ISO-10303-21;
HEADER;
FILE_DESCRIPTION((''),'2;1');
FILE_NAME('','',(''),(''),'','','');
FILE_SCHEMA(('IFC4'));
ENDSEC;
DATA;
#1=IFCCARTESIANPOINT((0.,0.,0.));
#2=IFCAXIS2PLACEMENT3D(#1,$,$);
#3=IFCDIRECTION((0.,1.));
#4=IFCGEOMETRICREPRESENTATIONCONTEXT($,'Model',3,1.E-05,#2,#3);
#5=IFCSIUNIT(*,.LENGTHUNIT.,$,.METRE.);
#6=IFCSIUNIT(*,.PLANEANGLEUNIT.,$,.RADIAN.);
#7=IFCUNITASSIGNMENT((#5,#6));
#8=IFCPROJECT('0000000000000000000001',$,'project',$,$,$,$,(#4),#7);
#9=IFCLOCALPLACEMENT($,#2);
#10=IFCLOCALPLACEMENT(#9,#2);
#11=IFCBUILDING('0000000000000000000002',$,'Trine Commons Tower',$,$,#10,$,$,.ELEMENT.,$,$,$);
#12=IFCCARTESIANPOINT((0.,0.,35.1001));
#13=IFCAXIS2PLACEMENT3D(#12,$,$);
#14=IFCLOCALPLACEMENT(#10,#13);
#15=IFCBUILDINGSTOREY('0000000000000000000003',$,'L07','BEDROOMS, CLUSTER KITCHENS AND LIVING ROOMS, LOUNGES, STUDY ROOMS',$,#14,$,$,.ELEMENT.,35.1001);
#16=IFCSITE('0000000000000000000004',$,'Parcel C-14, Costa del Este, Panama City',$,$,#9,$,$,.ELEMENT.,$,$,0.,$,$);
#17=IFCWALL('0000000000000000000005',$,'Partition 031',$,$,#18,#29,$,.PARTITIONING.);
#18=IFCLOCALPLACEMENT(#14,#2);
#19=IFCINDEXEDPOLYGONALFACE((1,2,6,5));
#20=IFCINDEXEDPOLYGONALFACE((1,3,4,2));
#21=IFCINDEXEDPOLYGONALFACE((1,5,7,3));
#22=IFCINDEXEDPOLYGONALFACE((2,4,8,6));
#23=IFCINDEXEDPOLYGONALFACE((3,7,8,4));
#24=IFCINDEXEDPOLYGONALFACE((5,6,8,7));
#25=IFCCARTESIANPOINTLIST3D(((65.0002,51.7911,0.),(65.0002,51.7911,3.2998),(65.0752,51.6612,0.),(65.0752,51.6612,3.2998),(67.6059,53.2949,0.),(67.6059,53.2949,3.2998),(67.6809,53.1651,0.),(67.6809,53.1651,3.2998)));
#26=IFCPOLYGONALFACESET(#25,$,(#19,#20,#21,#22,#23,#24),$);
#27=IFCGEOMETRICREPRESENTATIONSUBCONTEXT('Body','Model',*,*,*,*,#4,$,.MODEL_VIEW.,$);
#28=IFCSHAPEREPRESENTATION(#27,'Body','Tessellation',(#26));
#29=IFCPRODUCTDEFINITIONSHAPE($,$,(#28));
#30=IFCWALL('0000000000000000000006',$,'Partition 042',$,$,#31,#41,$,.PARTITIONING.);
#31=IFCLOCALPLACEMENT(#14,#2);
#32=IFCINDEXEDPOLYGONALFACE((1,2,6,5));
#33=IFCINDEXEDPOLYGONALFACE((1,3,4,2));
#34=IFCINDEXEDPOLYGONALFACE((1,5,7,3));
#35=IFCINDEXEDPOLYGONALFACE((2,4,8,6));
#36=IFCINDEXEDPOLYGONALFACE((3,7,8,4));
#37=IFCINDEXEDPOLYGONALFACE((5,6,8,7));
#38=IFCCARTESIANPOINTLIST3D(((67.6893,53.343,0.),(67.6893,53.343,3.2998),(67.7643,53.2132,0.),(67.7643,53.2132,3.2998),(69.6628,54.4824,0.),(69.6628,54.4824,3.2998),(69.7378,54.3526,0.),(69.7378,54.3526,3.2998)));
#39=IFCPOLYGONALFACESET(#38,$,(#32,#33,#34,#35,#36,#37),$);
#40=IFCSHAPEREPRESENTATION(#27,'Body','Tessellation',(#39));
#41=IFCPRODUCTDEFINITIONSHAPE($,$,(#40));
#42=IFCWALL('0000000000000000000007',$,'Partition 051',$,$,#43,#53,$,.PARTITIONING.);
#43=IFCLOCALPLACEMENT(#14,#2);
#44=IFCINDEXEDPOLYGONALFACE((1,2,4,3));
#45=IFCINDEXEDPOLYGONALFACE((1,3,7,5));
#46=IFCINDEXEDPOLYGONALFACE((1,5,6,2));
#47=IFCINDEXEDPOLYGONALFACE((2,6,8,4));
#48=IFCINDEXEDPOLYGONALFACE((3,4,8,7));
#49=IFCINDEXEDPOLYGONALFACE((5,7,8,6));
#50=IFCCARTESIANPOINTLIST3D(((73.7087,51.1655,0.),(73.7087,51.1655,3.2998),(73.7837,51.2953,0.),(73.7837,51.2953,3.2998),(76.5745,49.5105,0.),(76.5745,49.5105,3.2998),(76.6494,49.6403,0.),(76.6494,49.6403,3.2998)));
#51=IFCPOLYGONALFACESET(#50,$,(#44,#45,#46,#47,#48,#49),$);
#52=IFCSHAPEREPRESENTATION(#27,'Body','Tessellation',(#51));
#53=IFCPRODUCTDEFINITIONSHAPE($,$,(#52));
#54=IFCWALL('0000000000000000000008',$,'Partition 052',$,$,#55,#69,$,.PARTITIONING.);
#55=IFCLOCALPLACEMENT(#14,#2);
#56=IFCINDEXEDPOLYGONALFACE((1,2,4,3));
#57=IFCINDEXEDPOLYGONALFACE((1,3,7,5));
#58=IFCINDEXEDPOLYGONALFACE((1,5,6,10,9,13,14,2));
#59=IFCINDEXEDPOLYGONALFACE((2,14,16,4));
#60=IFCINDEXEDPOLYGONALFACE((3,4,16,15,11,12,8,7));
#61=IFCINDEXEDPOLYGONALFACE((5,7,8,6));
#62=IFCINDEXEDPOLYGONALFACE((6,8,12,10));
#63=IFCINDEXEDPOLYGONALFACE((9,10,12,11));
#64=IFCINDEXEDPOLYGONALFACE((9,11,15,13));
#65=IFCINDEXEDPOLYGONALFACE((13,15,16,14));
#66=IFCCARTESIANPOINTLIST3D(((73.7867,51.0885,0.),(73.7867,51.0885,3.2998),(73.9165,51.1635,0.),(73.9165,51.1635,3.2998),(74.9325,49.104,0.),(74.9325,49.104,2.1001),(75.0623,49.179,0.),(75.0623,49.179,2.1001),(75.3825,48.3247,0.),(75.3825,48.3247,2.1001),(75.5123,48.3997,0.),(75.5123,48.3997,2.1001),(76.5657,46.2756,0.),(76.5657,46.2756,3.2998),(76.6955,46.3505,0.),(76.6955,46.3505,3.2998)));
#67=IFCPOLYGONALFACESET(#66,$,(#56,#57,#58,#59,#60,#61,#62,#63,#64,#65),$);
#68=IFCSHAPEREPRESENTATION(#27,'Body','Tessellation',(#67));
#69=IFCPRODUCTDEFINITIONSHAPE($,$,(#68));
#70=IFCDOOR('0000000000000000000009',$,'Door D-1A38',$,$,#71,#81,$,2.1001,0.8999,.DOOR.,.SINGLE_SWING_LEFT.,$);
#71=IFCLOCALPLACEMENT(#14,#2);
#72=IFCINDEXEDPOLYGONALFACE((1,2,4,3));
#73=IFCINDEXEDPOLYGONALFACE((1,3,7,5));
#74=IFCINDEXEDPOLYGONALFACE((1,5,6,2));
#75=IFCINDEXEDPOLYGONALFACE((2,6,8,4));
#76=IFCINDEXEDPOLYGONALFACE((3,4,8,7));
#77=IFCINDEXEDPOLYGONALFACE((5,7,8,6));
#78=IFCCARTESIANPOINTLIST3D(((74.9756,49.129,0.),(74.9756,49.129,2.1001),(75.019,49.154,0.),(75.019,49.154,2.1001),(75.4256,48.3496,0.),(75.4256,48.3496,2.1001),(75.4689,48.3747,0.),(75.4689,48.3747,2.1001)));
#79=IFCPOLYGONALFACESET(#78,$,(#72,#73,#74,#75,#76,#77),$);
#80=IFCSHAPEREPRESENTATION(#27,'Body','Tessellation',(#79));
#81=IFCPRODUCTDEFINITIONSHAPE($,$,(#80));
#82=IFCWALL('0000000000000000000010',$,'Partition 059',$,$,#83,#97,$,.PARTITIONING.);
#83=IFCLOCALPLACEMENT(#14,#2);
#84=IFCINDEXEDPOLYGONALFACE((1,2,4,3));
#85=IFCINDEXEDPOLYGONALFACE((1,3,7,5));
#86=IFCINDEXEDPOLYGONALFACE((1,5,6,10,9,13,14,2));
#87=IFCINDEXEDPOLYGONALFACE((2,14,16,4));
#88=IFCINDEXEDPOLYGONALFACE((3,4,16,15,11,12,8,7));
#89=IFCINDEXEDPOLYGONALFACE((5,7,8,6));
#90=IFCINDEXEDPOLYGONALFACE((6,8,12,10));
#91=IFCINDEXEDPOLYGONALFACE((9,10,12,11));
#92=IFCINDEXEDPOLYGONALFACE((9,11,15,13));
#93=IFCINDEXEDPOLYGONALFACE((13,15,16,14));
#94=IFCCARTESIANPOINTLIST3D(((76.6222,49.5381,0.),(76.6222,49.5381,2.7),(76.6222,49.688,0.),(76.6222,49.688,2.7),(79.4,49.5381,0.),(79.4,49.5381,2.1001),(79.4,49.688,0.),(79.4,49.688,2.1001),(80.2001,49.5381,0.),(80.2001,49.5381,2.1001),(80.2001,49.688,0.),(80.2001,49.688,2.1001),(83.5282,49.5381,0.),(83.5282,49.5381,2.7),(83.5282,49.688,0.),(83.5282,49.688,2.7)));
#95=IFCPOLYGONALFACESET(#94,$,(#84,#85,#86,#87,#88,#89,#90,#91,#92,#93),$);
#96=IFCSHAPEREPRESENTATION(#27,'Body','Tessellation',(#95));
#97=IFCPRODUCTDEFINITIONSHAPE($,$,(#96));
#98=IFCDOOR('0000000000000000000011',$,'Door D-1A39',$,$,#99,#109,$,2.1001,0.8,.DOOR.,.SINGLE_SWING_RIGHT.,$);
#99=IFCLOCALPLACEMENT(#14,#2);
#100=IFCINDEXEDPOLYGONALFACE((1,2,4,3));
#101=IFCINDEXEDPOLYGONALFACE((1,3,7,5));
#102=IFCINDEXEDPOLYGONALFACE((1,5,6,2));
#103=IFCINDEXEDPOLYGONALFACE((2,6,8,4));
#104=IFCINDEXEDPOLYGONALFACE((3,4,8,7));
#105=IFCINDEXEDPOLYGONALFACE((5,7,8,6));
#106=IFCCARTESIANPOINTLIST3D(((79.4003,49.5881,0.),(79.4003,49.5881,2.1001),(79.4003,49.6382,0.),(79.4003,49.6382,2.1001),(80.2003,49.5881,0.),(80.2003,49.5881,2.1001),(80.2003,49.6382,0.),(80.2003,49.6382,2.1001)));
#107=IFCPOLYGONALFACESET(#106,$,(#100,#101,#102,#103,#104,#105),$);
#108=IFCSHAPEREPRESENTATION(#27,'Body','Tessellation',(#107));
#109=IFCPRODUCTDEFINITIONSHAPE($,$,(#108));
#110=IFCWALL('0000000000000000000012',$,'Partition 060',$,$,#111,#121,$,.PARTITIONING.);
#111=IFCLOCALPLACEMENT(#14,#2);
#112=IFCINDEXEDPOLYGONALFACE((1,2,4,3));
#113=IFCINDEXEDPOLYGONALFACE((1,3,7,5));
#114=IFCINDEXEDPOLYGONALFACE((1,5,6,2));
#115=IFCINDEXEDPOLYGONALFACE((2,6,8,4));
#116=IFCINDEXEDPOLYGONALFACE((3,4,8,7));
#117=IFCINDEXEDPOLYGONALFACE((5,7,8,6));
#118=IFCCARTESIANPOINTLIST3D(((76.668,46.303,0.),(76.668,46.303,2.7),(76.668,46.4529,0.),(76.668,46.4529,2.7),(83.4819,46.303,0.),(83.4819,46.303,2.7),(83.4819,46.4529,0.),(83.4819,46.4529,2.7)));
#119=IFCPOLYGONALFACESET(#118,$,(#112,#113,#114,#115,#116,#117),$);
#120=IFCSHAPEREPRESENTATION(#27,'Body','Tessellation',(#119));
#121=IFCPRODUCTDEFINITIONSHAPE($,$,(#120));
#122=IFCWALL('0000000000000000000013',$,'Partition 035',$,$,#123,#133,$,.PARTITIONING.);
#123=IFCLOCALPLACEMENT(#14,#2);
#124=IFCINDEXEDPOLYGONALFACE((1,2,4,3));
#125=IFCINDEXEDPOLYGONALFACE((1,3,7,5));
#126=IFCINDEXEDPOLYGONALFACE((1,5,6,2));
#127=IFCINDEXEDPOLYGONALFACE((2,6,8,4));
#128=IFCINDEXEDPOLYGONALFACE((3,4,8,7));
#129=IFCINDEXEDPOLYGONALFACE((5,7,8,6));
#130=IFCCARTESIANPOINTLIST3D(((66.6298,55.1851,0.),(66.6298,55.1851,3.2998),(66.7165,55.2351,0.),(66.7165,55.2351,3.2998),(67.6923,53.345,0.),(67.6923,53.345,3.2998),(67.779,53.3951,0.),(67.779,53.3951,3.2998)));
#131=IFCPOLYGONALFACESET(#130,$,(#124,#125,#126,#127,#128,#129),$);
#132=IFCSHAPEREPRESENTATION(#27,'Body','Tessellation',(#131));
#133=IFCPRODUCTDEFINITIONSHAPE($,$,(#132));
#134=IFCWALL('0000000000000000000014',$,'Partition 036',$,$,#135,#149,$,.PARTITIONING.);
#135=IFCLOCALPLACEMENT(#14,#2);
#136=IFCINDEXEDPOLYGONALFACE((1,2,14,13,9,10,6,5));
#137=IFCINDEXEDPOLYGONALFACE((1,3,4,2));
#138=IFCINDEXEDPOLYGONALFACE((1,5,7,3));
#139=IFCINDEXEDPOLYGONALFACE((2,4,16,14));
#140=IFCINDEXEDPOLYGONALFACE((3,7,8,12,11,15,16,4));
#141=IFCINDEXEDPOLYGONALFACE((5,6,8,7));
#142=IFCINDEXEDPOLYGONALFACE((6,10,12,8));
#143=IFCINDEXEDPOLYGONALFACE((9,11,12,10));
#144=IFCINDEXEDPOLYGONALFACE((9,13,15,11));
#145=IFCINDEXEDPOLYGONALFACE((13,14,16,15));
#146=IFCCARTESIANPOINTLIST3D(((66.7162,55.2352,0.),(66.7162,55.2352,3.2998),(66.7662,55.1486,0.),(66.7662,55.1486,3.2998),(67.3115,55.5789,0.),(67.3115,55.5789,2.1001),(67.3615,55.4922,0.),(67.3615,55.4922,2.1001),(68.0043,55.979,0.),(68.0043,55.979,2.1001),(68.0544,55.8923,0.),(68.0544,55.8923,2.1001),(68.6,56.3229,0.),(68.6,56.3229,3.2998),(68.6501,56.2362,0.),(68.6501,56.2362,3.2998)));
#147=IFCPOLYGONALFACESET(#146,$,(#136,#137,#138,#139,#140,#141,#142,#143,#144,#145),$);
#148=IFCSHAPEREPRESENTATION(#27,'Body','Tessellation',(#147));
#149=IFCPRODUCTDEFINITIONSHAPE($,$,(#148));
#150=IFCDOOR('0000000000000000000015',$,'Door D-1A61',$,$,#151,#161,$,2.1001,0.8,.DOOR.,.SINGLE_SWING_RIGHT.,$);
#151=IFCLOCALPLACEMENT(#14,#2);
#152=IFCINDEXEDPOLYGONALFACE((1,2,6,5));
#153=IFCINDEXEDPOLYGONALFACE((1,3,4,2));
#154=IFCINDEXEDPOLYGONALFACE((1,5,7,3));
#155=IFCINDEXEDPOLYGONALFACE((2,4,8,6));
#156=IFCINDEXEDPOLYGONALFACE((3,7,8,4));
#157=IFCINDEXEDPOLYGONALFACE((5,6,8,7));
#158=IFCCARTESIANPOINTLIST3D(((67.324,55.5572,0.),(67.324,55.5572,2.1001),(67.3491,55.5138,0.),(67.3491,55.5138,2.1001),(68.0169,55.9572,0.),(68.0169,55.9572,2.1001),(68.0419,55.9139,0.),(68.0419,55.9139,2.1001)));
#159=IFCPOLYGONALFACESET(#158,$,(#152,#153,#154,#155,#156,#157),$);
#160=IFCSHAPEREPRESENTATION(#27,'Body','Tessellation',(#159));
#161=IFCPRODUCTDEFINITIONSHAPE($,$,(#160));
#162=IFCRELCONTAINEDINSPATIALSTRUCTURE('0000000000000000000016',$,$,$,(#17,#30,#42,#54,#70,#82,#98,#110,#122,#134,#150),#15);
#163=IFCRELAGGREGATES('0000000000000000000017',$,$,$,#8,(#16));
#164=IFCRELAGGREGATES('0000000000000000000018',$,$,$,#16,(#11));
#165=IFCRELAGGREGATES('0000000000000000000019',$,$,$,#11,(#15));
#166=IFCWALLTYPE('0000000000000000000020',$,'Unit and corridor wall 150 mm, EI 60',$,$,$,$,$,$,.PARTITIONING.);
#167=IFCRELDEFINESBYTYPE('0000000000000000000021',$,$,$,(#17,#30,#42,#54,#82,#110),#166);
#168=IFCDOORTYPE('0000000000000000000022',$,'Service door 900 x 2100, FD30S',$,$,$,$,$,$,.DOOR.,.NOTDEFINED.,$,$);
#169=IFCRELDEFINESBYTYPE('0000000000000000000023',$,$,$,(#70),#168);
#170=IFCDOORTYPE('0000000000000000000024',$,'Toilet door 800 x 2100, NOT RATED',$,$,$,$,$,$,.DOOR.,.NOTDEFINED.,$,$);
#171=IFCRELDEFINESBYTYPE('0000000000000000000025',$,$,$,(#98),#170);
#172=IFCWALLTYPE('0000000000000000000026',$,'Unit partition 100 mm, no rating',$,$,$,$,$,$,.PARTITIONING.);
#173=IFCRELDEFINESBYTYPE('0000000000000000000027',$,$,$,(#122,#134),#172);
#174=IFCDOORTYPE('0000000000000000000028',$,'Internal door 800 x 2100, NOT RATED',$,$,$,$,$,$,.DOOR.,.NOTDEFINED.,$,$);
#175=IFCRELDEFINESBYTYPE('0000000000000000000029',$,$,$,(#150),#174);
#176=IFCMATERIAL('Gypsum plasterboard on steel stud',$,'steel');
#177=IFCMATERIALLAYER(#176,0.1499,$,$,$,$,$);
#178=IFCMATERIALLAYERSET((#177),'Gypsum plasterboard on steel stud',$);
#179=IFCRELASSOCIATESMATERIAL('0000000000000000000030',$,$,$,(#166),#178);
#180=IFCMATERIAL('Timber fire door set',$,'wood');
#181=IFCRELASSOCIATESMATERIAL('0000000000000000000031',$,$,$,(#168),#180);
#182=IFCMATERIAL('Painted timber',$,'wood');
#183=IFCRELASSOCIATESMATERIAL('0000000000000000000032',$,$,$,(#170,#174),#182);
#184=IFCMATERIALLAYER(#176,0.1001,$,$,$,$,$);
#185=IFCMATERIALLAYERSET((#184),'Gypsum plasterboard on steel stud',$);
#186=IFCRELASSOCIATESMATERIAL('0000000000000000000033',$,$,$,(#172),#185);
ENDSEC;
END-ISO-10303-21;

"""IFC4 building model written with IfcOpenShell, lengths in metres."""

from ifc_helpers import new_model, si_unit, direction, frame, frame_2d, origin, place, context, subcontext, project, spatial, rectangle, extrude, material, layer, layer_set, type_object, element, fill, save


model = new_model("IFC4")

# Units and contexts
model_context = context("Model", 3, precision=1e-05, world=origin(), true_north=direction((0.0, 1.0)))
body_context = subcontext(model_context, "Body", "Model", "MODEL_VIEW")
ifc_project = project(units=[si_unit("LENGTHUNIT", "METRE"), si_unit("PLANEANGLEUNIT", "RADIAN")], contexts=[model_context])

# Site, building, storey
site_placement = place(None, origin())
site = spatial("IfcSite", under=ifc_project, at=site_placement, Name="Parcel C-14, Costa del Este, Panama City", CompositionType="ELEMENT", RefElevation=0.0)
building_placement = place(site_placement, origin())
building = spatial("IfcBuilding", under=site, at=building_placement, Name="Trine Commons Tower", CompositionType="ELEMENT")
storey_placement = place(building_placement, frame((0.0, 0.0, 35.1001)))
storey = spatial("IfcBuildingStorey", under=building, at=storey_placement, Name="L07", Description="BEDROOMS, CLUSTER KITCHENS AND LIVING ROOMS, LOUNGES, STUDY ROOMS", CompositionType="ELEMENT", Elevation=35.1001)

# Walls
ifc_material_1 = material(Name="Gypsum plasterboard on steel stud", Category="steel")
ifc_layer_1 = layer(ifc_material_1, 0.1499)
ifc_layer_set_1 = layer_set([ifc_layer_1], Name="Gypsum plasterboard on steel stud")
wall_type_1 = type_object("IfcWallType", Name="Unit and corridor wall 150 mm, EI 60", PredefinedType="PARTITIONING", material=ifc_layer_set_1)
wall_1_placement = place(storey_placement, frame((65.0376, 51.7261, 0.0), z_axis=(0.0, 0.0, 1.0), x_axis=(0.866098, 0.499875, 0.0)))
element("IfcWall", 1, at=wall_1_placement, inside=storey, type_object=wall_type_1, Name="Partition 031", PredefinedType="PARTITIONING", context=body_context, shape_type="SweptSolid", body=[
    extrude(rectangle(XDim=3.0085, YDim=0.1499, at=frame_2d((1.5044, 0.0))), origin(), (0.0, 0.0, 1.0), 3.2998),
])
wall_2_placement = place(storey_placement, frame((67.7268, 53.2781, 0.0), z_axis=(0.0, 0.0, 1.0), x_axis=(0.866013, 0.500022, 0.0)))
element("IfcWall", 2, at=wall_2_placement, inside=storey, type_object=wall_type_1, Name="Partition 042", PredefinedType="PARTITIONING", context=body_context, shape_type="SweptSolid", body=[
    extrude(rectangle(XDim=2.2788, YDim=0.1499, at=frame_2d((1.1394, 0.0))), origin(), (0.0, 0.0, 1.0), 3.2998),
])
wall_3_placement = place(storey_placement, frame((73.7461, 51.2305, 0.0), z_axis=(0.0, 0.0, 1.0), x_axis=(0.86596, -0.500114, 0.0)))
element("IfcWall", 3, at=wall_3_placement, inside=storey, type_object=wall_type_1, Name="Partition 051", PredefinedType="PARTITIONING", context=body_context, shape_type="SweptSolid", body=[
    extrude(rectangle(XDim=3.3093, YDim=0.1499, at=frame_2d((1.6548, 0.0))), origin(), (0.0, 0.0, 1.0), 3.2998),
])

# Walls, openings, doors
wall_4_placement = place(storey_placement, frame((73.8516, 51.126, 0.0), z_axis=(0.0, 0.0, 1.0), x_axis=(0.500037, -0.866004, 0.0)))
wall_4 = element("IfcWall", 4, at=wall_4_placement, inside=storey, type_object=wall_type_1, Name="Partition 052", PredefinedType="PARTITIONING", context=body_context, shape_type="SweptSolid", body=[
    extrude(rectangle(XDim=5.5576, YDim=0.1499, at=frame_2d((2.7788, 0.0))), origin(), (0.0, 0.0, 1.0), 3.2998),
])
opening_1_placement = place(wall_4_placement, frame((2.2915, 0.0, 0.0)))
opening_1 = element("IfcOpeningElement", 5, at=opening_1_placement, cuts=wall_4, PredefinedType="OPENING", context=body_context, shape_type="SweptSolid", body=[
    extrude(rectangle(XDim=0.8999, YDim=2.1001, at=frame_2d((0.45, 1.05))), frame((0.0, 0.085, 0.0), z_axis=(0.0, -1.0, 0.0), x_axis=(1.0, 0.0, 0.0)), (0.0, 0.0, 1.0), 0.1699),
])
ifc_material_2 = material(Name="Timber fire door set", Category="wood")
door_type_1 = type_object("IfcDoorType", Name="Service door 900 x 2100, FD30S", OperationType="NOTDEFINED", PredefinedType="DOOR", material=ifc_material_2)
door_1_placement = place(opening_1_placement, origin())
door_1 = element("IfcDoor", 6, at=door_1_placement, inside=storey, type_object=door_type_1, Name="Door D-1A38", OperationType="SINGLE_SWING_LEFT", OverallHeight=2.1001, OverallWidth=0.8999, PredefinedType="DOOR", context=body_context, shape_type="SweptSolid", body=[
    extrude(rectangle(XDim=0.8999, YDim=2.1001, at=frame_2d((0.45, 1.05))), frame((0.0, 0.0249, 0.0), z_axis=(0.0, -1.0, 0.0), x_axis=(1.0, 0.0, 0.0)), (0.0, 0.0, 1.0), 0.05),
])
fill(opening_1, door_1)
wall_5_placement = place(storey_placement, frame((76.6221, 49.613, 0.0), z_axis=(0.0, 0.0, 1.0), x_axis=(1.0, 0.0, 0.0)))
wall_5 = element("IfcWall", 7, at=wall_5_placement, inside=storey, type_object=wall_type_1, Name="Partition 059", PredefinedType="PARTITIONING", context=body_context, shape_type="SweptSolid", body=[
    extrude(rectangle(XDim=6.906, YDim=0.1499, at=frame_2d((3.4531, 0.0))), origin(), (0.0, 0.0, 1.0), 2.7),
])
opening_2_placement = place(wall_5_placement, frame((2.7781, 0.0, 0.0)))
opening_2 = element("IfcOpeningElement", 8, at=opening_2_placement, cuts=wall_5, PredefinedType="OPENING", context=body_context, shape_type="SweptSolid", body=[
    extrude(rectangle(XDim=0.8, YDim=2.1001, at=frame_2d((0.3999, 1.05))), frame((0.0, 0.085, 0.0), z_axis=(0.0, -1.0, 0.0), x_axis=(1.0, 0.0, 0.0)), (0.0, 0.0, 1.0), 0.1699),
])
ifc_material_3 = material(Name="Painted timber", Category="wood")
door_type_2 = type_object("IfcDoorType", Name="Toilet door 800 x 2100, NOT RATED", OperationType="NOTDEFINED", PredefinedType="DOOR", material=ifc_material_3)
door_2_placement = place(opening_2_placement, frame((0.8, 0.0, 0.0), z_axis=(0.0, 0.0, 1.0), x_axis=(-1.0, 0.0, 0.0)))
door_2 = element("IfcDoor", 9, at=door_2_placement, inside=storey, type_object=door_type_2, Name="Door D-1A39", OperationType="SINGLE_SWING_RIGHT", OverallHeight=2.1001, OverallWidth=0.8, PredefinedType="DOOR", context=body_context, shape_type="SweptSolid", body=[
    extrude(rectangle(XDim=0.8, YDim=2.1001, at=frame_2d((0.3999, 1.05))), frame((0.0, 0.0249, 0.0), z_axis=(0.0, -1.0, 0.0), x_axis=(1.0, 0.0, 0.0)), (0.0, 0.0, 1.0), 0.05),
])
fill(opening_2, door_2)

# Walls
wall_6_placement = place(storey_placement, frame((76.668, 46.3779, 0.0), z_axis=(0.0, 0.0, 1.0), x_axis=(1.0, 0.0, 0.0)))
element("IfcWall", 10, at=wall_6_placement, inside=storey, type_object=wall_type_1, Name="Partition 060", PredefinedType="PARTITIONING", context=body_context, shape_type="SweptSolid", body=[
    extrude(rectangle(XDim=6.814, YDim=0.1499, at=frame_2d((3.407, 0.0))), origin(), (0.0, 0.0, 1.0), 2.7),
])
ifc_layer_2 = layer(ifc_material_1, 0.1001)
ifc_layer_set_2 = layer_set([ifc_layer_2], Name="Gypsum plasterboard on steel stud")
wall_type_2 = type_object("IfcWallType", Name="Unit partition 100 mm, no rating", PredefinedType="PARTITIONING", material=ifc_layer_set_2)
wall_7_placement = place(storey_placement, frame((66.6731, 55.2102, 0.0), z_axis=(0.0, 0.0, 1.0), x_axis=(0.500044, -0.866, 0.0)))
element("IfcWall", 11, at=wall_7_placement, inside=storey, type_object=wall_type_2, Name="Partition 035", PredefinedType="PARTITIONING", context=body_context, shape_type="SweptSolid", body=[
    extrude(rectangle(XDim=2.1248, YDim=0.1001, at=frame_2d((1.0625, 0.0))), origin(), (0.0, 0.0, 1.0), 3.2998),
])

# Wall, opening, door
wall_8_placement = place(storey_placement, frame((66.7412, 55.1919, 0.0), z_axis=(0.0, 0.0, 1.0), x_axis=(0.866017, 0.500014, 0.0)))
wall_8 = element("IfcWall", 12, at=wall_8_placement, inside=storey, type_object=wall_type_2, Name="Partition 036", PredefinedType="PARTITIONING", context=body_context, shape_type="SweptSolid", body=[
    extrude(rectangle(XDim=2.1753, YDim=0.1001, at=frame_2d((1.0876, 0.0))), origin(), (0.0, 0.0, 1.0), 3.2998),
])
opening_3_placement = place(wall_8_placement, frame((0.6875, 0.0, 0.0)))
opening_3 = element("IfcOpeningElement", 13, at=opening_3_placement, cuts=wall_8, PredefinedType="OPENING", context=body_context, shape_type="SweptSolid", body=[
    extrude(rectangle(XDim=0.8, YDim=2.1001, at=frame_2d((0.3999, 1.05))), frame((0.0, 0.0601, 0.0), z_axis=(0.0, -1.0, 0.0), x_axis=(1.0, 0.0, 0.0)), (0.0, 0.0, 1.0), 0.1201),
])
door_type_3 = type_object("IfcDoorType", Name="Internal door 800 x 2100, NOT RATED", OperationType="NOTDEFINED", PredefinedType="DOOR", material=ifc_material_3)
door_3_placement = place(opening_3_placement, origin())
door_3 = element("IfcDoor", 14, at=door_3_placement, inside=storey, type_object=door_type_3, Name="Door D-1A61", OperationType="SINGLE_SWING_RIGHT", OverallHeight=2.1001, OverallWidth=0.8, PredefinedType="DOOR", context=body_context, shape_type="SweptSolid", body=[
    extrude(rectangle(XDim=0.8, YDim=2.1001, at=frame_2d((0.3999, 1.05))), frame((0.0, 0.0249, 0.0), z_axis=(0.0, -1.0, 0.0), x_axis=(1.0, 0.0, 0.0)), (0.0, 0.0, 1.0), 0.05),
])
fill(opening_3, door_3)

save(model, "model.ifc")
